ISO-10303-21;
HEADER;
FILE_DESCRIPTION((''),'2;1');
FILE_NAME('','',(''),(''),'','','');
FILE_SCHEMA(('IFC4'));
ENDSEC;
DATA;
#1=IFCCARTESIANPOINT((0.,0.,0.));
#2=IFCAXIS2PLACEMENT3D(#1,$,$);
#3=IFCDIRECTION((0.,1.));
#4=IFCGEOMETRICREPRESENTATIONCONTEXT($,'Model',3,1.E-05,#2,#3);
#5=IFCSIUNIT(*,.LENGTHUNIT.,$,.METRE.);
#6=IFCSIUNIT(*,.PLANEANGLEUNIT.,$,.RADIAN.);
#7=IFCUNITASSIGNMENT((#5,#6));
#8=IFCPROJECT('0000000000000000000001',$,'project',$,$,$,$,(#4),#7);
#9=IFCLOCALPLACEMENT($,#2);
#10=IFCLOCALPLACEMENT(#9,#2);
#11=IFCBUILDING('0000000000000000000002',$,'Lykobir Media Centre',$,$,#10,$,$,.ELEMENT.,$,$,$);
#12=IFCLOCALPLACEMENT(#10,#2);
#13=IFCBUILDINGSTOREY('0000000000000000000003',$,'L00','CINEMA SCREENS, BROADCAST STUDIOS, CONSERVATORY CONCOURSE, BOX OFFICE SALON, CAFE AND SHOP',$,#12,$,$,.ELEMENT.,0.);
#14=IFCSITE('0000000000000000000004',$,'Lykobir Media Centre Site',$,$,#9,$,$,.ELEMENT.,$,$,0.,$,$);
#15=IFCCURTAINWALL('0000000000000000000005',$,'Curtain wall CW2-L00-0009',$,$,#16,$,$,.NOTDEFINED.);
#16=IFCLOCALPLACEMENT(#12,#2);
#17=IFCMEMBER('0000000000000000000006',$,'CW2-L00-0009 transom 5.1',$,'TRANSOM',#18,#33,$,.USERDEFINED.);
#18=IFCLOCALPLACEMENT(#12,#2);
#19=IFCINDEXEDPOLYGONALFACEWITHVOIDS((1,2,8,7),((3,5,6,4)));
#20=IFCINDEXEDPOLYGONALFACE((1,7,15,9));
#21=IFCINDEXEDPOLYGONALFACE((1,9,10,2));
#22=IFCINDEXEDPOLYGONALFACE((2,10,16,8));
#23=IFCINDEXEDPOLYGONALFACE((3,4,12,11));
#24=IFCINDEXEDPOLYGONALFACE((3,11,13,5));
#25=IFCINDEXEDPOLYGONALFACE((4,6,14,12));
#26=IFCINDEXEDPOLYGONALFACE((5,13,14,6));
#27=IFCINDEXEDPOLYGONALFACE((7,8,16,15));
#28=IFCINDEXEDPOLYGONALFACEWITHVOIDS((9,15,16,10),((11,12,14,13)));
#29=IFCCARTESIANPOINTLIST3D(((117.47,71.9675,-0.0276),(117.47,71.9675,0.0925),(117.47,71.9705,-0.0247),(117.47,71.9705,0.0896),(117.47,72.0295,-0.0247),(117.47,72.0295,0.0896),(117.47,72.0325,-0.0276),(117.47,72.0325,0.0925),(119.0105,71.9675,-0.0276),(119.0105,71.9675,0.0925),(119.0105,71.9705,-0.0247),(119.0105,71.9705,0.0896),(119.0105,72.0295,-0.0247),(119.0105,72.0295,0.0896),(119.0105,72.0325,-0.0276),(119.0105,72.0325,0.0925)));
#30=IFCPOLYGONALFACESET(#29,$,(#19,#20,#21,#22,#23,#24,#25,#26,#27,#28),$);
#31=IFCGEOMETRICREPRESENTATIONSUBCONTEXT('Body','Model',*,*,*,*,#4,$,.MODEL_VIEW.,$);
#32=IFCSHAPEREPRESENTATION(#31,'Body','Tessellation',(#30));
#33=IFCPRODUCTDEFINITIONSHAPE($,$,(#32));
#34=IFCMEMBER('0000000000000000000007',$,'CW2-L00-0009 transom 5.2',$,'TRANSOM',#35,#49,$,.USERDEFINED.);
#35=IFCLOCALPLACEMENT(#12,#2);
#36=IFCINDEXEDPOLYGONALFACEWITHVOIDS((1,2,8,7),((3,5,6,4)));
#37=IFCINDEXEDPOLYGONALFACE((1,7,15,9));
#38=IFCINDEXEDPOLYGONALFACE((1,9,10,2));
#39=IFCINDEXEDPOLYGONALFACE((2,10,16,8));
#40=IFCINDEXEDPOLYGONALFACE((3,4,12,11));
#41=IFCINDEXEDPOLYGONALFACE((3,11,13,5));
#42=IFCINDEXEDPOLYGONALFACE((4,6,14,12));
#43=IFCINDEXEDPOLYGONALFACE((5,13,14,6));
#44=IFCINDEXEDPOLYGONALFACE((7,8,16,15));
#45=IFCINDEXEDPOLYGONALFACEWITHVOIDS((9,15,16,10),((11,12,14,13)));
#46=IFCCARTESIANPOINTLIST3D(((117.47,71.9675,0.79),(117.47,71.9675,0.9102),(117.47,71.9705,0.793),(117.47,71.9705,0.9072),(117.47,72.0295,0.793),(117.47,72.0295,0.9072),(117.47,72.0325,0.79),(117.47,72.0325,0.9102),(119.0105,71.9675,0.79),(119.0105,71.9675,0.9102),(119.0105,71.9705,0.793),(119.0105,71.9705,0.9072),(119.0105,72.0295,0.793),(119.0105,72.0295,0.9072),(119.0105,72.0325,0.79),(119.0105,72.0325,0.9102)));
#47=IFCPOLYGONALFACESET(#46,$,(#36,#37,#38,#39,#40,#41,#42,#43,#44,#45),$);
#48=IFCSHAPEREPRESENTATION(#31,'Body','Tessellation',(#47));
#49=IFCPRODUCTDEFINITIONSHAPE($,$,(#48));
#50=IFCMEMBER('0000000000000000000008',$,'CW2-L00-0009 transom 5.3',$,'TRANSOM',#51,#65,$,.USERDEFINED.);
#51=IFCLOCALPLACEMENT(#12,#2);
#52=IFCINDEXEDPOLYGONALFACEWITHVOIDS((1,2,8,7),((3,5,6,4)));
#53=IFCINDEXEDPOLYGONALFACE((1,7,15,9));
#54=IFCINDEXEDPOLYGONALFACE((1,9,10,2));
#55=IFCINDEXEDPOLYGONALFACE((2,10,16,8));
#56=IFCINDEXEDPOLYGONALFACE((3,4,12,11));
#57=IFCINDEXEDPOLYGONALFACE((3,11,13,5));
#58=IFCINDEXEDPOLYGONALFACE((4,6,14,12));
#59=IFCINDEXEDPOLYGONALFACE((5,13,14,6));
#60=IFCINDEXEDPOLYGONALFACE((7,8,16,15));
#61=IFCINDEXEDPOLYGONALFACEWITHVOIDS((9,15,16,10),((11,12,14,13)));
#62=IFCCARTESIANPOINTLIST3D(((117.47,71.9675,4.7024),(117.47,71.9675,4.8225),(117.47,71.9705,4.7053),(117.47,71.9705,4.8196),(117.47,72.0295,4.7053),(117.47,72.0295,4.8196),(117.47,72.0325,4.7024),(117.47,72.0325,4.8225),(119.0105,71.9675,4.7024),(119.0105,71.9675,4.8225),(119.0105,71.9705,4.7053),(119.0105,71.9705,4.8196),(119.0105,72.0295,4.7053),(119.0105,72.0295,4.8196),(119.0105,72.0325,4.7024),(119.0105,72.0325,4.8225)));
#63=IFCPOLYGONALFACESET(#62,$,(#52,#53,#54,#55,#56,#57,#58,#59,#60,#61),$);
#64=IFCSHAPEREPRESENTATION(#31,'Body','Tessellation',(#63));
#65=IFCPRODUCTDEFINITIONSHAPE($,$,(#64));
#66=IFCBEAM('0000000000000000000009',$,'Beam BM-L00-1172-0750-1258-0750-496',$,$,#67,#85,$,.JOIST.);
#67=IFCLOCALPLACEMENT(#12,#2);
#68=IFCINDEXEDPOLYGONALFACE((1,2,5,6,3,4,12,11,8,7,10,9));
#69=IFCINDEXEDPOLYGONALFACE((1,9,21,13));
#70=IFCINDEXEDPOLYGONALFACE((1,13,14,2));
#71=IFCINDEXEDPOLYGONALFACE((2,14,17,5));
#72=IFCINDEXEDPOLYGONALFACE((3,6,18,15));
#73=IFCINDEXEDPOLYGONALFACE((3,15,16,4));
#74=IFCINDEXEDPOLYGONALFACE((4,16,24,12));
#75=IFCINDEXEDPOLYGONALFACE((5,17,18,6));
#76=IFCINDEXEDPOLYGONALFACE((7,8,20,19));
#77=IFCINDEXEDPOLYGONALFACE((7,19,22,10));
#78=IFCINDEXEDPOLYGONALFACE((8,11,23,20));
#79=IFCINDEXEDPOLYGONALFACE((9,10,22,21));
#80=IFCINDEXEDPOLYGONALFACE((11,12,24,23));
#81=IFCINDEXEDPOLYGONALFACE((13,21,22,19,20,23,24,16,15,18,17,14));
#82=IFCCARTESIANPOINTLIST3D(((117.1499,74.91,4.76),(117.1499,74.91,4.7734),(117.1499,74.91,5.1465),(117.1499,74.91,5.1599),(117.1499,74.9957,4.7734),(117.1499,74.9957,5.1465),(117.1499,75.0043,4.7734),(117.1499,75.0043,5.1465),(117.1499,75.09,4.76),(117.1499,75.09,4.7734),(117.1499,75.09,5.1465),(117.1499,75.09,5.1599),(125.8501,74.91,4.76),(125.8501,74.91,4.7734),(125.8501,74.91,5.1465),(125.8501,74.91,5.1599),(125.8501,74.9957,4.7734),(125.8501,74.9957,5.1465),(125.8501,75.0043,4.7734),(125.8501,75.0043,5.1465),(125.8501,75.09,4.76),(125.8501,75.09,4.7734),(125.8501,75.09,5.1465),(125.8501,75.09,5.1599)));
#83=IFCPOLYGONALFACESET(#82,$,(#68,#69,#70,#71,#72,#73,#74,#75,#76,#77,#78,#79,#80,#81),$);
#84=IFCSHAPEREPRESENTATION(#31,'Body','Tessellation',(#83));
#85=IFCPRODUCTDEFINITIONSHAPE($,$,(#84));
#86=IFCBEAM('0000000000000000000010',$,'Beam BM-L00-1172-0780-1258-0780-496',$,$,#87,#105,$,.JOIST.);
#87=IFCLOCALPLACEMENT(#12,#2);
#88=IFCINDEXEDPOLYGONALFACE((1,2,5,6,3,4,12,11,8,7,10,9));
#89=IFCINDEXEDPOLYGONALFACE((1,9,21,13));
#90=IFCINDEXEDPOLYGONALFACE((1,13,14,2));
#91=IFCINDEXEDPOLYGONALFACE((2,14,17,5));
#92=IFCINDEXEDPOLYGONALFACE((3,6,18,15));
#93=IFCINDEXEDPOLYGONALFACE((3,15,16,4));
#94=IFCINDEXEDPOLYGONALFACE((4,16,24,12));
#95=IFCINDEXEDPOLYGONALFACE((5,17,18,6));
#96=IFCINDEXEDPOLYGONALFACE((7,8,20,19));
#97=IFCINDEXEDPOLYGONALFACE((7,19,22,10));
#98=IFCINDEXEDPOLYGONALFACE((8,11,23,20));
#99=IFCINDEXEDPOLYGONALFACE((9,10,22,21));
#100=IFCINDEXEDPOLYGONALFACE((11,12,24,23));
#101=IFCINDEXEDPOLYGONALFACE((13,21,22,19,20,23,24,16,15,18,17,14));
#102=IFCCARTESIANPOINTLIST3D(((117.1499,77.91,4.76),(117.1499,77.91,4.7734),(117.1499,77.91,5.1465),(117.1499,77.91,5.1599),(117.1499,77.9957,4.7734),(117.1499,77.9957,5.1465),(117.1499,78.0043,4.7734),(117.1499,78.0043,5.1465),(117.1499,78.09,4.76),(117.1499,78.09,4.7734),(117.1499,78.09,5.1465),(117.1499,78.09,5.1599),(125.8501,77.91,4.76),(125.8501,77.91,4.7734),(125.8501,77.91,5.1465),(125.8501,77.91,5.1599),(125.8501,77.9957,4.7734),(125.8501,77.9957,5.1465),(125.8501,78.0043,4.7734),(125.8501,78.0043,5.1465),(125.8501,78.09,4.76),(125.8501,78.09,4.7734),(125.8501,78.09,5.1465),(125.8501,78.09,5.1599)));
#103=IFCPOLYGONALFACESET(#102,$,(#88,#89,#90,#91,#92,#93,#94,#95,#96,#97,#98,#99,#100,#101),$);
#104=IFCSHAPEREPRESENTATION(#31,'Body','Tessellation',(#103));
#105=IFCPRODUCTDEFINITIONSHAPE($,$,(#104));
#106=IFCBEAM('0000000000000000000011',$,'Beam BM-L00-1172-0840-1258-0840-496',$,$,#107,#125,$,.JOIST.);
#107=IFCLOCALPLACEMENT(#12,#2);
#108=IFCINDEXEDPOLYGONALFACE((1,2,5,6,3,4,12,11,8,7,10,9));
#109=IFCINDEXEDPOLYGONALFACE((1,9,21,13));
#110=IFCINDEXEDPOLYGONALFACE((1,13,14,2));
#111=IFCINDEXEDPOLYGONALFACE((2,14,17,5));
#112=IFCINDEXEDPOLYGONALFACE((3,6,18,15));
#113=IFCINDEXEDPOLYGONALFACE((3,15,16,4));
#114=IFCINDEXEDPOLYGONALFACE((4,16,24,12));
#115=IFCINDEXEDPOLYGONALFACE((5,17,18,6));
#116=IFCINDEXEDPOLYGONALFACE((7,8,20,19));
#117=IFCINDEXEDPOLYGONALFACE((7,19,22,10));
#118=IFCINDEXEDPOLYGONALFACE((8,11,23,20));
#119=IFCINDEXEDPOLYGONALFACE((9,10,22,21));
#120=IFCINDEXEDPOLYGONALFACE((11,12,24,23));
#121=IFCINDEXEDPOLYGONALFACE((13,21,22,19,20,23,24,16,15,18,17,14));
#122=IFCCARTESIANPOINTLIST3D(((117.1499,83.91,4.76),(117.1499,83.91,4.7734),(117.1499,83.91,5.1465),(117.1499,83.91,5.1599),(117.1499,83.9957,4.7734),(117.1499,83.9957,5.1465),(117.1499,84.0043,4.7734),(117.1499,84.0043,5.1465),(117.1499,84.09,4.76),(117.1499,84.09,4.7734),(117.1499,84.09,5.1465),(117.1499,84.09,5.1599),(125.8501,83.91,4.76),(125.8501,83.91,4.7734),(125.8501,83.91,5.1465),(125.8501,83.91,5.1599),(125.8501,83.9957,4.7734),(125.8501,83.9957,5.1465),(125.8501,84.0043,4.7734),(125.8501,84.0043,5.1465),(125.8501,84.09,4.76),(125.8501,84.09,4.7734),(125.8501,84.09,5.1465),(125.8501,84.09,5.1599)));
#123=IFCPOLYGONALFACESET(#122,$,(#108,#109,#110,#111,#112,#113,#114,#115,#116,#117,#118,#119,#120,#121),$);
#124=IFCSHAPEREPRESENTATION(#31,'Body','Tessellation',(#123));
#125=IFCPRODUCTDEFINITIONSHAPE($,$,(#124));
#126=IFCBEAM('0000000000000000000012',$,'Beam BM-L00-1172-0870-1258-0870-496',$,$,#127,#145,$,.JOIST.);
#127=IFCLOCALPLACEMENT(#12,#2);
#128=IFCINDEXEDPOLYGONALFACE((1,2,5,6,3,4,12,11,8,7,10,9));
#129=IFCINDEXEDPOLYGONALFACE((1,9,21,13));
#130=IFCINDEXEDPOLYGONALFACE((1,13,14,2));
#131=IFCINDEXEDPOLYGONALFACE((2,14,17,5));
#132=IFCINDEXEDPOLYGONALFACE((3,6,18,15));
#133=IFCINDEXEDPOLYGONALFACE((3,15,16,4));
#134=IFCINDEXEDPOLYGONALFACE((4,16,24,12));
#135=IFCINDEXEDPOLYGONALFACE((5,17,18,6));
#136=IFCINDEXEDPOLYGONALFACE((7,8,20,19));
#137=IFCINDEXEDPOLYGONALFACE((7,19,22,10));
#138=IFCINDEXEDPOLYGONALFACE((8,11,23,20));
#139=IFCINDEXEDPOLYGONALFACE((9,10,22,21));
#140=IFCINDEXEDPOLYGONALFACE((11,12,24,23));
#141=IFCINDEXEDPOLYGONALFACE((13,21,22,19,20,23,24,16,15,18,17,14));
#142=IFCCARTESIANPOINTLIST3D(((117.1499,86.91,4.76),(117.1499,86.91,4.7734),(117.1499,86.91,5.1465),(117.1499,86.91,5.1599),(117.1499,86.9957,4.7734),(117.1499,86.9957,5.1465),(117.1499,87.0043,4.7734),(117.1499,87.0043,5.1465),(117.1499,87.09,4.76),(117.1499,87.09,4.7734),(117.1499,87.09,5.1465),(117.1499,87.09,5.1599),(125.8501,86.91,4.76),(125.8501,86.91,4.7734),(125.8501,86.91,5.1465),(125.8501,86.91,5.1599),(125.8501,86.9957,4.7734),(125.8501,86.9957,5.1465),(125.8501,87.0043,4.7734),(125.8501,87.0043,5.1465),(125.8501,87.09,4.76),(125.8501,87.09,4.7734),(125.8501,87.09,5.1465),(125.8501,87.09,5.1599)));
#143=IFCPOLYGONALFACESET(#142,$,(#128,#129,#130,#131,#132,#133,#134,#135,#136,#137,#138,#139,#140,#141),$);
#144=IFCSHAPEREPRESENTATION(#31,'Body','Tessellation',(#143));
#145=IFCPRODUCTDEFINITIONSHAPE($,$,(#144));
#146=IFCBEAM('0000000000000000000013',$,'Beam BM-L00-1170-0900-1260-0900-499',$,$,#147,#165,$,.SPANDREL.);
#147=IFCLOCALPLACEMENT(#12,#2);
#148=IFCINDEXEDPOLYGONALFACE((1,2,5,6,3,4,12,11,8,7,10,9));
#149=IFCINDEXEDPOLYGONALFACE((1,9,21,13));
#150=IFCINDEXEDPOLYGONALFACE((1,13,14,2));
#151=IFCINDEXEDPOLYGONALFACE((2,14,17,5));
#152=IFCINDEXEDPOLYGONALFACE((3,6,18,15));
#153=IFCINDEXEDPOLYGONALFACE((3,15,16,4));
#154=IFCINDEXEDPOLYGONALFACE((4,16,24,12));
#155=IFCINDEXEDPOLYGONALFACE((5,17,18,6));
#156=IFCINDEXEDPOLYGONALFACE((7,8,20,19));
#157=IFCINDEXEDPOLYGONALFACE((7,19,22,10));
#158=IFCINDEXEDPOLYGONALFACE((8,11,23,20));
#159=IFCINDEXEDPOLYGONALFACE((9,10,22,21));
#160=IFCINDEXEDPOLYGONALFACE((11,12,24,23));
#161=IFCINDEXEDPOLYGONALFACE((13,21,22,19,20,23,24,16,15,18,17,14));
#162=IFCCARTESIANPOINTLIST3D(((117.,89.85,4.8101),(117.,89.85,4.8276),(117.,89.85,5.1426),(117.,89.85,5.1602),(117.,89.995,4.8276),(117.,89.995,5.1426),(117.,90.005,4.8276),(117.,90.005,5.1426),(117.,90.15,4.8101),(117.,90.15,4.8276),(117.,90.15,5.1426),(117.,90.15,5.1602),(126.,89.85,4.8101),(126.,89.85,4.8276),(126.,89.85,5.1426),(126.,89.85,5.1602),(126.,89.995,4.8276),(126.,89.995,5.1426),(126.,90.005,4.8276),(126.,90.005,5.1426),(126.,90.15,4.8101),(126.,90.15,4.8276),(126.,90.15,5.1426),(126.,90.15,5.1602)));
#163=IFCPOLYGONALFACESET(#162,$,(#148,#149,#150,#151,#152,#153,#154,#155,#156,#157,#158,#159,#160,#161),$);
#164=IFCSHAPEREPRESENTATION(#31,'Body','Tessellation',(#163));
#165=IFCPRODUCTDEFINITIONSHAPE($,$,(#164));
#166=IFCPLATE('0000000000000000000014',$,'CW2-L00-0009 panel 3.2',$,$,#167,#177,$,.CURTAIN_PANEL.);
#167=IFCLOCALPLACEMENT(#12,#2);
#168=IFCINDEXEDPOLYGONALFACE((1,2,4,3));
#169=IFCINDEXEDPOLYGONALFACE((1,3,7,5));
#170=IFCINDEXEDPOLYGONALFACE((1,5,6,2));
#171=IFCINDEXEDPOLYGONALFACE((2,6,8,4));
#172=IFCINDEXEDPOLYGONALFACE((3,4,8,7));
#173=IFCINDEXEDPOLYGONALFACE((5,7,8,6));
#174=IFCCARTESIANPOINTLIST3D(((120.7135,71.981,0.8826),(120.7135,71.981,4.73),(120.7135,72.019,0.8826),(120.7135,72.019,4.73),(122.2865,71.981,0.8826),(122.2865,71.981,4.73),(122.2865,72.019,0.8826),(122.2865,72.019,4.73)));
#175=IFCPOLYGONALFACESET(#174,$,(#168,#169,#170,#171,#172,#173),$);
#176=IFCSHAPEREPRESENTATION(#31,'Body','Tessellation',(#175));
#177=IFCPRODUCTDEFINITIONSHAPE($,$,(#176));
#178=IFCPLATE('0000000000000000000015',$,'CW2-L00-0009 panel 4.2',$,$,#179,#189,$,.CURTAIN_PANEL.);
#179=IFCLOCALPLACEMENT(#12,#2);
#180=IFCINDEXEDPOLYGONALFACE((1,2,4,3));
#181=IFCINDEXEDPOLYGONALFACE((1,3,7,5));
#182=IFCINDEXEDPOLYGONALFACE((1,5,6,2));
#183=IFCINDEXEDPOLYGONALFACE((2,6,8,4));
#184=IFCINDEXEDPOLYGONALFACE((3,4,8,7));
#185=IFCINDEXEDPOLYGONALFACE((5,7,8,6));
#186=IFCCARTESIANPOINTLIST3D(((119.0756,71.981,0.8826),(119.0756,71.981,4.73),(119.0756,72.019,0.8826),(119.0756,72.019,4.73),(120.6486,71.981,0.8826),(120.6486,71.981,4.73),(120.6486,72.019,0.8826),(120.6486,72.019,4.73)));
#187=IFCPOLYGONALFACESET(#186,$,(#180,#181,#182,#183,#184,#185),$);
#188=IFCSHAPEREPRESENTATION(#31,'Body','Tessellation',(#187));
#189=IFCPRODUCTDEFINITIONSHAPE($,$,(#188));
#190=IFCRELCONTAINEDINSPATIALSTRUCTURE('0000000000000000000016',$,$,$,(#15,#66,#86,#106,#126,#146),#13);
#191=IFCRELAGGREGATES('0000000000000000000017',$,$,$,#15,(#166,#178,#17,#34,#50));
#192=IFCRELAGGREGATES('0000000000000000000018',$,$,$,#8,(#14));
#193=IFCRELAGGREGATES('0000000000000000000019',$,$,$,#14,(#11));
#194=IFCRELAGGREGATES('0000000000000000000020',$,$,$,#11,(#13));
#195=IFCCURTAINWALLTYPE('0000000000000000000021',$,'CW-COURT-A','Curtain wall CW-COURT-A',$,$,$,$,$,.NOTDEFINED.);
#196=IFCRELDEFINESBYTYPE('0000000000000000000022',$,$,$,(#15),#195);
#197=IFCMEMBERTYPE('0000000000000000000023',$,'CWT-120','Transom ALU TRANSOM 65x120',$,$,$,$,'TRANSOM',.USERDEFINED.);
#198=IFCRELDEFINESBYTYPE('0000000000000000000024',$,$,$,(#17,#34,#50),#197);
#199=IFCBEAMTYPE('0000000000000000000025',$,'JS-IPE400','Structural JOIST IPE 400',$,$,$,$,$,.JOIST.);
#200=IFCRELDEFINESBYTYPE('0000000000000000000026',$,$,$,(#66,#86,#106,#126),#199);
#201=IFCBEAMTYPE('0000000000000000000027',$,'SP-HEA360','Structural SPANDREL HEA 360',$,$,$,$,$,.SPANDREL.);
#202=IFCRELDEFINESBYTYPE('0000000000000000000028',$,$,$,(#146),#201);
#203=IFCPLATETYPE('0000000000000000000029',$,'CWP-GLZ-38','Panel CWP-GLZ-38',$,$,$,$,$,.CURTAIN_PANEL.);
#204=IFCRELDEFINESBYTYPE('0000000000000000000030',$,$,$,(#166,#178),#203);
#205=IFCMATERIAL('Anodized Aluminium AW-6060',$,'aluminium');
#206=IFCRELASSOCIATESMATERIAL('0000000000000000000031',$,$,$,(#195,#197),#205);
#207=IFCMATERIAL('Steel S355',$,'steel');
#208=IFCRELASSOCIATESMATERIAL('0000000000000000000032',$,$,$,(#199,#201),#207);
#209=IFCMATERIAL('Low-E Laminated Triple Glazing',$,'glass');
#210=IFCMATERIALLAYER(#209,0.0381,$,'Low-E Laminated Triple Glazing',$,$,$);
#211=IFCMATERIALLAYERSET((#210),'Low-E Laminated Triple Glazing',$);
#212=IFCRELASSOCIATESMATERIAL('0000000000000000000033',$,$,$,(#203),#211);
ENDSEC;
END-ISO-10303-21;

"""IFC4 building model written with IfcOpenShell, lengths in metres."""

from ifc_helpers import new_model, si_unit, direction, frame, origin, origin_2d, place, context, subcontext, project, spatial, rectangle, hollow_rectangle, i_section, extrude, material, layer, layer_set, material_profile, profile_set, type_object, element, aggregate, save


model = new_model("IFC4")

# Units and contexts
model_context = context("Model", 3, precision=1e-05, world=origin(), true_north=direction((0.0, 1.0)))
body_context = subcontext(model_context, "Body", "Model", "MODEL_VIEW")
ifc_project = project(units=[si_unit("LENGTHUNIT", "METRE"), si_unit("PLANEANGLEUNIT", "RADIAN")], contexts=[model_context])

# Site, building, storey
site_placement = place(None, origin())
site = spatial("IfcSite", under=ifc_project, at=site_placement, Name="Lykobir Media Centre Site", CompositionType="ELEMENT", RefElevation=0.0)
building_placement = place(site_placement, origin())
building = spatial("IfcBuilding", under=site, at=building_placement, Name="Lykobir Media Centre", CompositionType="ELEMENT")
storey_placement = place(building_placement, origin())
storey = spatial("IfcBuildingStorey", under=building, at=storey_placement, Name="L00", Description="CINEMA SCREENS, BROADCAST STUDIOS, CONSERVATORY CONCOURSE, BOX OFFICE SALON, CAFE AND SHOP", CompositionType="ELEMENT", Elevation=0.0)

# Shared definitions
ifc_material_1 = material(Name="Steel S355", Category="steel")

# Curtain wall, members
ifc_material_2 = material(Name="Anodized Aluminium AW-6060", Category="aluminium")
curtain_wall_type = type_object("IfcCurtainWallType", Name="CW-COURT-A", Description="Curtain wall CW-COURT-A", PredefinedType="NOTDEFINED", material=ifc_material_2)
curtain_wall_placement = place(storey_placement, origin())
curtain_wall = element("IfcCurtainWall", 1, at=curtain_wall_placement, inside=storey, type_object=curtain_wall_type, Name="Curtain wall CW2-L00-0009", PredefinedType="NOTDEFINED")
ifc_material_profile_1 = material_profile(ifc_material_2, hollow_rectangle(XDim=0.0649, YDim=0.1201, WallThickness=0.0029, at=origin_2d()), Name="ALU TRANSOM 65x120")
ifc_profile_set_1 = profile_set([ifc_material_profile_1], Name="Anodized Aluminium AW-6060")
member_type_1 = type_object("IfcMemberType", Name="CWT-120", Description="Transom ALU TRANSOM 65x120", ElementType="TRANSOM", PredefinedType="USERDEFINED", material=ifc_profile_set_1)
member_1_placement = place(storey_placement, frame((119.0105, 72.0, 0.0325), z_axis=(-1.0, 0.0, 0.0), x_axis=(0.0, -1.0, 0.0)))
member_1 = element("IfcMember", 2, at=member_1_placement, type_object=member_type_1, Name="CW2-L00-0009 transom 5.1", ObjectType="TRANSOM", PredefinedType="USERDEFINED", context=body_context, shape_type="SweptSolid", body=[
    extrude(hollow_rectangle(XDim=0.0649, YDim=0.1201, WallThickness=0.0029, at=origin_2d()), origin(), (0.0, 0.0, 1.0), 1.5405),
])
member_2_placement = place(storey_placement, frame((119.0105, 72.0, 0.8501), z_axis=(-1.0, 0.0, 0.0), x_axis=(0.0, -1.0, 0.0)))
member_2 = element("IfcMember", 3, at=member_2_placement, type_object=member_type_1, Name="CW2-L00-0009 transom 5.2", ObjectType="TRANSOM", PredefinedType="USERDEFINED", context=body_context, shape_type="SweptSolid", body=[
    extrude(hollow_rectangle(XDim=0.0649, YDim=0.1201, WallThickness=0.0029, at=origin_2d()), origin(), (0.0, 0.0, 1.0), 1.5405),
])
member_3_placement = place(storey_placement, frame((119.0105, 72.0, 4.7625), z_axis=(-1.0, 0.0, 0.0), x_axis=(0.0, -1.0, 0.0)))
member_3 = element("IfcMember", 4, at=member_3_placement, type_object=member_type_1, Name="CW2-L00-0009 transom 5.3", ObjectType="TRANSOM", PredefinedType="USERDEFINED", context=body_context, shape_type="SweptSolid", body=[
    extrude(hollow_rectangle(XDim=0.0649, YDim=0.1201, WallThickness=0.0029, at=origin_2d()), origin(), (0.0, 0.0, 1.0), 1.5405),
])

# Beams
ifc_material_profile_2 = material_profile(ifc_material_1, i_section(OverallWidth=0.1799, OverallDepth=0.3999, WebThickness=0.0085, FlangeThickness=0.0134, at=origin_2d()), Name="IPE 400")
ifc_profile_set_2 = profile_set([ifc_material_profile_2], Name="Steel S355")
beam_type_1 = type_object("IfcBeamType", Name="JS-IPE400", Description="Structural JOIST IPE 400", PredefinedType="JOIST", material=ifc_profile_set_2)
for number, where, z_axis, x_axis, name in (
    (5, (117.1499, 75.0, 4.96), (1.0, 0.0, 0.0), (0.0, 1.0, 0.0), "Beam BM-L00-1172-0750-1258-0750-496"),
    (6, (117.1499, 78.0, 4.96), (1.0, 0.0, 0.0), (0.0, 1.0, 0.0), "Beam BM-L00-1172-0780-1258-0780-496"),
    (7, (117.1499, 84.0, 4.96), (1.0, 0.0, 0.0), (0.0, 1.0, 0.0), "Beam BM-L00-1172-0840-1258-0840-496"),
    (8, (117.1499, 87.0, 4.96), (1.0, 0.0, 0.0), (0.0, 1.0, 0.0), "Beam BM-L00-1172-0870-1258-0870-496"),
):
    element("IfcBeam", number, at=place(storey_placement, frame(where, z_axis=z_axis, x_axis=x_axis)), inside=storey, type_object=beam_type_1, Name=name, PredefinedType="JOIST", context=body_context, shape_type="SweptSolid", body=[
        extrude(i_section(OverallWidth=0.1799, OverallDepth=0.3999, WebThickness=0.0085, FlangeThickness=0.0134, at=origin_2d()), origin(), (0.0, 0.0, 1.0), 8.7002),
    ])
ifc_material_profile_3 = material_profile(ifc_material_1, i_section(OverallWidth=0.3, OverallDepth=0.3501, WebThickness=0.01, FlangeThickness=0.0176, at=origin_2d()), Name="HEA 360")
ifc_profile_set_3 = profile_set([ifc_material_profile_3], Name="Steel S355")
beam_type_2 = type_object("IfcBeamType", Name="SP-HEA360", Description="Structural SPANDREL HEA 360", PredefinedType="SPANDREL", material=ifc_profile_set_3)
beam_1_placement = place(storey_placement, frame((117.0, 90.0, 4.9851), z_axis=(1.0, 0.0, 0.0), x_axis=(0.0, 1.0, 0.0)))
element("IfcBeam", 9, at=beam_1_placement, inside=storey, type_object=beam_type_2, Name="Beam BM-L00-1170-0900-1260-0900-499", PredefinedType="SPANDREL", context=body_context, shape_type="SweptSolid", body=[
    extrude(i_section(OverallWidth=0.3, OverallDepth=0.3501, WebThickness=0.01, FlangeThickness=0.0176, at=origin_2d()), origin(), (0.0, 0.0, 1.0), 9.0),
])

# Plates
ifc_material_3 = material(Name="Low-E Laminated Triple Glazing", Category="glass")
ifc_layer_1 = layer(ifc_material_3, 0.0381, Name="Low-E Laminated Triple Glazing")
ifc_layer_set_1 = layer_set([ifc_layer_1], Name="Low-E Laminated Triple Glazing")
plate_type_1 = type_object("IfcPlateType", Name="CWP-GLZ-38", Description="Panel CWP-GLZ-38", PredefinedType="CURTAIN_PANEL", material=ifc_layer_set_1)
plate_1_placement = place(storey_placement, frame((121.5, 72.0, 0.8826), z_axis=(0.0, 0.0, 1.0), x_axis=(-1.0, 0.0, 0.0)))
plate_1 = element("IfcPlate", 10, at=plate_1_placement, type_object=plate_type_1, Name="CW2-L00-0009 panel 3.2", PredefinedType="CURTAIN_PANEL", context=body_context, shape_type="SweptSolid", body=[
    extrude(rectangle(XDim=1.573, YDim=0.0381, at=origin_2d()), origin(), (0.0, 0.0, 1.0), 3.8474),
])
plate_2_placement = place(storey_placement, frame((119.8621, 72.0, 0.8826), z_axis=(0.0, 0.0, 1.0), x_axis=(-1.0, 0.0, 0.0)))
plate_2 = element("IfcPlate", 11, at=plate_2_placement, type_object=plate_type_1, Name="CW2-L00-0009 panel 4.2", PredefinedType="CURTAIN_PANEL", context=body_context, shape_type="SweptSolid", body=[
    extrude(rectangle(XDim=1.573, YDim=0.0381, at=origin_2d()), origin(), (0.0, 0.0, 1.0), 3.8474),
])
aggregate(curtain_wall, [plate_1, plate_2, member_1, member_2, member_3])

save(model, "model.ifc")
